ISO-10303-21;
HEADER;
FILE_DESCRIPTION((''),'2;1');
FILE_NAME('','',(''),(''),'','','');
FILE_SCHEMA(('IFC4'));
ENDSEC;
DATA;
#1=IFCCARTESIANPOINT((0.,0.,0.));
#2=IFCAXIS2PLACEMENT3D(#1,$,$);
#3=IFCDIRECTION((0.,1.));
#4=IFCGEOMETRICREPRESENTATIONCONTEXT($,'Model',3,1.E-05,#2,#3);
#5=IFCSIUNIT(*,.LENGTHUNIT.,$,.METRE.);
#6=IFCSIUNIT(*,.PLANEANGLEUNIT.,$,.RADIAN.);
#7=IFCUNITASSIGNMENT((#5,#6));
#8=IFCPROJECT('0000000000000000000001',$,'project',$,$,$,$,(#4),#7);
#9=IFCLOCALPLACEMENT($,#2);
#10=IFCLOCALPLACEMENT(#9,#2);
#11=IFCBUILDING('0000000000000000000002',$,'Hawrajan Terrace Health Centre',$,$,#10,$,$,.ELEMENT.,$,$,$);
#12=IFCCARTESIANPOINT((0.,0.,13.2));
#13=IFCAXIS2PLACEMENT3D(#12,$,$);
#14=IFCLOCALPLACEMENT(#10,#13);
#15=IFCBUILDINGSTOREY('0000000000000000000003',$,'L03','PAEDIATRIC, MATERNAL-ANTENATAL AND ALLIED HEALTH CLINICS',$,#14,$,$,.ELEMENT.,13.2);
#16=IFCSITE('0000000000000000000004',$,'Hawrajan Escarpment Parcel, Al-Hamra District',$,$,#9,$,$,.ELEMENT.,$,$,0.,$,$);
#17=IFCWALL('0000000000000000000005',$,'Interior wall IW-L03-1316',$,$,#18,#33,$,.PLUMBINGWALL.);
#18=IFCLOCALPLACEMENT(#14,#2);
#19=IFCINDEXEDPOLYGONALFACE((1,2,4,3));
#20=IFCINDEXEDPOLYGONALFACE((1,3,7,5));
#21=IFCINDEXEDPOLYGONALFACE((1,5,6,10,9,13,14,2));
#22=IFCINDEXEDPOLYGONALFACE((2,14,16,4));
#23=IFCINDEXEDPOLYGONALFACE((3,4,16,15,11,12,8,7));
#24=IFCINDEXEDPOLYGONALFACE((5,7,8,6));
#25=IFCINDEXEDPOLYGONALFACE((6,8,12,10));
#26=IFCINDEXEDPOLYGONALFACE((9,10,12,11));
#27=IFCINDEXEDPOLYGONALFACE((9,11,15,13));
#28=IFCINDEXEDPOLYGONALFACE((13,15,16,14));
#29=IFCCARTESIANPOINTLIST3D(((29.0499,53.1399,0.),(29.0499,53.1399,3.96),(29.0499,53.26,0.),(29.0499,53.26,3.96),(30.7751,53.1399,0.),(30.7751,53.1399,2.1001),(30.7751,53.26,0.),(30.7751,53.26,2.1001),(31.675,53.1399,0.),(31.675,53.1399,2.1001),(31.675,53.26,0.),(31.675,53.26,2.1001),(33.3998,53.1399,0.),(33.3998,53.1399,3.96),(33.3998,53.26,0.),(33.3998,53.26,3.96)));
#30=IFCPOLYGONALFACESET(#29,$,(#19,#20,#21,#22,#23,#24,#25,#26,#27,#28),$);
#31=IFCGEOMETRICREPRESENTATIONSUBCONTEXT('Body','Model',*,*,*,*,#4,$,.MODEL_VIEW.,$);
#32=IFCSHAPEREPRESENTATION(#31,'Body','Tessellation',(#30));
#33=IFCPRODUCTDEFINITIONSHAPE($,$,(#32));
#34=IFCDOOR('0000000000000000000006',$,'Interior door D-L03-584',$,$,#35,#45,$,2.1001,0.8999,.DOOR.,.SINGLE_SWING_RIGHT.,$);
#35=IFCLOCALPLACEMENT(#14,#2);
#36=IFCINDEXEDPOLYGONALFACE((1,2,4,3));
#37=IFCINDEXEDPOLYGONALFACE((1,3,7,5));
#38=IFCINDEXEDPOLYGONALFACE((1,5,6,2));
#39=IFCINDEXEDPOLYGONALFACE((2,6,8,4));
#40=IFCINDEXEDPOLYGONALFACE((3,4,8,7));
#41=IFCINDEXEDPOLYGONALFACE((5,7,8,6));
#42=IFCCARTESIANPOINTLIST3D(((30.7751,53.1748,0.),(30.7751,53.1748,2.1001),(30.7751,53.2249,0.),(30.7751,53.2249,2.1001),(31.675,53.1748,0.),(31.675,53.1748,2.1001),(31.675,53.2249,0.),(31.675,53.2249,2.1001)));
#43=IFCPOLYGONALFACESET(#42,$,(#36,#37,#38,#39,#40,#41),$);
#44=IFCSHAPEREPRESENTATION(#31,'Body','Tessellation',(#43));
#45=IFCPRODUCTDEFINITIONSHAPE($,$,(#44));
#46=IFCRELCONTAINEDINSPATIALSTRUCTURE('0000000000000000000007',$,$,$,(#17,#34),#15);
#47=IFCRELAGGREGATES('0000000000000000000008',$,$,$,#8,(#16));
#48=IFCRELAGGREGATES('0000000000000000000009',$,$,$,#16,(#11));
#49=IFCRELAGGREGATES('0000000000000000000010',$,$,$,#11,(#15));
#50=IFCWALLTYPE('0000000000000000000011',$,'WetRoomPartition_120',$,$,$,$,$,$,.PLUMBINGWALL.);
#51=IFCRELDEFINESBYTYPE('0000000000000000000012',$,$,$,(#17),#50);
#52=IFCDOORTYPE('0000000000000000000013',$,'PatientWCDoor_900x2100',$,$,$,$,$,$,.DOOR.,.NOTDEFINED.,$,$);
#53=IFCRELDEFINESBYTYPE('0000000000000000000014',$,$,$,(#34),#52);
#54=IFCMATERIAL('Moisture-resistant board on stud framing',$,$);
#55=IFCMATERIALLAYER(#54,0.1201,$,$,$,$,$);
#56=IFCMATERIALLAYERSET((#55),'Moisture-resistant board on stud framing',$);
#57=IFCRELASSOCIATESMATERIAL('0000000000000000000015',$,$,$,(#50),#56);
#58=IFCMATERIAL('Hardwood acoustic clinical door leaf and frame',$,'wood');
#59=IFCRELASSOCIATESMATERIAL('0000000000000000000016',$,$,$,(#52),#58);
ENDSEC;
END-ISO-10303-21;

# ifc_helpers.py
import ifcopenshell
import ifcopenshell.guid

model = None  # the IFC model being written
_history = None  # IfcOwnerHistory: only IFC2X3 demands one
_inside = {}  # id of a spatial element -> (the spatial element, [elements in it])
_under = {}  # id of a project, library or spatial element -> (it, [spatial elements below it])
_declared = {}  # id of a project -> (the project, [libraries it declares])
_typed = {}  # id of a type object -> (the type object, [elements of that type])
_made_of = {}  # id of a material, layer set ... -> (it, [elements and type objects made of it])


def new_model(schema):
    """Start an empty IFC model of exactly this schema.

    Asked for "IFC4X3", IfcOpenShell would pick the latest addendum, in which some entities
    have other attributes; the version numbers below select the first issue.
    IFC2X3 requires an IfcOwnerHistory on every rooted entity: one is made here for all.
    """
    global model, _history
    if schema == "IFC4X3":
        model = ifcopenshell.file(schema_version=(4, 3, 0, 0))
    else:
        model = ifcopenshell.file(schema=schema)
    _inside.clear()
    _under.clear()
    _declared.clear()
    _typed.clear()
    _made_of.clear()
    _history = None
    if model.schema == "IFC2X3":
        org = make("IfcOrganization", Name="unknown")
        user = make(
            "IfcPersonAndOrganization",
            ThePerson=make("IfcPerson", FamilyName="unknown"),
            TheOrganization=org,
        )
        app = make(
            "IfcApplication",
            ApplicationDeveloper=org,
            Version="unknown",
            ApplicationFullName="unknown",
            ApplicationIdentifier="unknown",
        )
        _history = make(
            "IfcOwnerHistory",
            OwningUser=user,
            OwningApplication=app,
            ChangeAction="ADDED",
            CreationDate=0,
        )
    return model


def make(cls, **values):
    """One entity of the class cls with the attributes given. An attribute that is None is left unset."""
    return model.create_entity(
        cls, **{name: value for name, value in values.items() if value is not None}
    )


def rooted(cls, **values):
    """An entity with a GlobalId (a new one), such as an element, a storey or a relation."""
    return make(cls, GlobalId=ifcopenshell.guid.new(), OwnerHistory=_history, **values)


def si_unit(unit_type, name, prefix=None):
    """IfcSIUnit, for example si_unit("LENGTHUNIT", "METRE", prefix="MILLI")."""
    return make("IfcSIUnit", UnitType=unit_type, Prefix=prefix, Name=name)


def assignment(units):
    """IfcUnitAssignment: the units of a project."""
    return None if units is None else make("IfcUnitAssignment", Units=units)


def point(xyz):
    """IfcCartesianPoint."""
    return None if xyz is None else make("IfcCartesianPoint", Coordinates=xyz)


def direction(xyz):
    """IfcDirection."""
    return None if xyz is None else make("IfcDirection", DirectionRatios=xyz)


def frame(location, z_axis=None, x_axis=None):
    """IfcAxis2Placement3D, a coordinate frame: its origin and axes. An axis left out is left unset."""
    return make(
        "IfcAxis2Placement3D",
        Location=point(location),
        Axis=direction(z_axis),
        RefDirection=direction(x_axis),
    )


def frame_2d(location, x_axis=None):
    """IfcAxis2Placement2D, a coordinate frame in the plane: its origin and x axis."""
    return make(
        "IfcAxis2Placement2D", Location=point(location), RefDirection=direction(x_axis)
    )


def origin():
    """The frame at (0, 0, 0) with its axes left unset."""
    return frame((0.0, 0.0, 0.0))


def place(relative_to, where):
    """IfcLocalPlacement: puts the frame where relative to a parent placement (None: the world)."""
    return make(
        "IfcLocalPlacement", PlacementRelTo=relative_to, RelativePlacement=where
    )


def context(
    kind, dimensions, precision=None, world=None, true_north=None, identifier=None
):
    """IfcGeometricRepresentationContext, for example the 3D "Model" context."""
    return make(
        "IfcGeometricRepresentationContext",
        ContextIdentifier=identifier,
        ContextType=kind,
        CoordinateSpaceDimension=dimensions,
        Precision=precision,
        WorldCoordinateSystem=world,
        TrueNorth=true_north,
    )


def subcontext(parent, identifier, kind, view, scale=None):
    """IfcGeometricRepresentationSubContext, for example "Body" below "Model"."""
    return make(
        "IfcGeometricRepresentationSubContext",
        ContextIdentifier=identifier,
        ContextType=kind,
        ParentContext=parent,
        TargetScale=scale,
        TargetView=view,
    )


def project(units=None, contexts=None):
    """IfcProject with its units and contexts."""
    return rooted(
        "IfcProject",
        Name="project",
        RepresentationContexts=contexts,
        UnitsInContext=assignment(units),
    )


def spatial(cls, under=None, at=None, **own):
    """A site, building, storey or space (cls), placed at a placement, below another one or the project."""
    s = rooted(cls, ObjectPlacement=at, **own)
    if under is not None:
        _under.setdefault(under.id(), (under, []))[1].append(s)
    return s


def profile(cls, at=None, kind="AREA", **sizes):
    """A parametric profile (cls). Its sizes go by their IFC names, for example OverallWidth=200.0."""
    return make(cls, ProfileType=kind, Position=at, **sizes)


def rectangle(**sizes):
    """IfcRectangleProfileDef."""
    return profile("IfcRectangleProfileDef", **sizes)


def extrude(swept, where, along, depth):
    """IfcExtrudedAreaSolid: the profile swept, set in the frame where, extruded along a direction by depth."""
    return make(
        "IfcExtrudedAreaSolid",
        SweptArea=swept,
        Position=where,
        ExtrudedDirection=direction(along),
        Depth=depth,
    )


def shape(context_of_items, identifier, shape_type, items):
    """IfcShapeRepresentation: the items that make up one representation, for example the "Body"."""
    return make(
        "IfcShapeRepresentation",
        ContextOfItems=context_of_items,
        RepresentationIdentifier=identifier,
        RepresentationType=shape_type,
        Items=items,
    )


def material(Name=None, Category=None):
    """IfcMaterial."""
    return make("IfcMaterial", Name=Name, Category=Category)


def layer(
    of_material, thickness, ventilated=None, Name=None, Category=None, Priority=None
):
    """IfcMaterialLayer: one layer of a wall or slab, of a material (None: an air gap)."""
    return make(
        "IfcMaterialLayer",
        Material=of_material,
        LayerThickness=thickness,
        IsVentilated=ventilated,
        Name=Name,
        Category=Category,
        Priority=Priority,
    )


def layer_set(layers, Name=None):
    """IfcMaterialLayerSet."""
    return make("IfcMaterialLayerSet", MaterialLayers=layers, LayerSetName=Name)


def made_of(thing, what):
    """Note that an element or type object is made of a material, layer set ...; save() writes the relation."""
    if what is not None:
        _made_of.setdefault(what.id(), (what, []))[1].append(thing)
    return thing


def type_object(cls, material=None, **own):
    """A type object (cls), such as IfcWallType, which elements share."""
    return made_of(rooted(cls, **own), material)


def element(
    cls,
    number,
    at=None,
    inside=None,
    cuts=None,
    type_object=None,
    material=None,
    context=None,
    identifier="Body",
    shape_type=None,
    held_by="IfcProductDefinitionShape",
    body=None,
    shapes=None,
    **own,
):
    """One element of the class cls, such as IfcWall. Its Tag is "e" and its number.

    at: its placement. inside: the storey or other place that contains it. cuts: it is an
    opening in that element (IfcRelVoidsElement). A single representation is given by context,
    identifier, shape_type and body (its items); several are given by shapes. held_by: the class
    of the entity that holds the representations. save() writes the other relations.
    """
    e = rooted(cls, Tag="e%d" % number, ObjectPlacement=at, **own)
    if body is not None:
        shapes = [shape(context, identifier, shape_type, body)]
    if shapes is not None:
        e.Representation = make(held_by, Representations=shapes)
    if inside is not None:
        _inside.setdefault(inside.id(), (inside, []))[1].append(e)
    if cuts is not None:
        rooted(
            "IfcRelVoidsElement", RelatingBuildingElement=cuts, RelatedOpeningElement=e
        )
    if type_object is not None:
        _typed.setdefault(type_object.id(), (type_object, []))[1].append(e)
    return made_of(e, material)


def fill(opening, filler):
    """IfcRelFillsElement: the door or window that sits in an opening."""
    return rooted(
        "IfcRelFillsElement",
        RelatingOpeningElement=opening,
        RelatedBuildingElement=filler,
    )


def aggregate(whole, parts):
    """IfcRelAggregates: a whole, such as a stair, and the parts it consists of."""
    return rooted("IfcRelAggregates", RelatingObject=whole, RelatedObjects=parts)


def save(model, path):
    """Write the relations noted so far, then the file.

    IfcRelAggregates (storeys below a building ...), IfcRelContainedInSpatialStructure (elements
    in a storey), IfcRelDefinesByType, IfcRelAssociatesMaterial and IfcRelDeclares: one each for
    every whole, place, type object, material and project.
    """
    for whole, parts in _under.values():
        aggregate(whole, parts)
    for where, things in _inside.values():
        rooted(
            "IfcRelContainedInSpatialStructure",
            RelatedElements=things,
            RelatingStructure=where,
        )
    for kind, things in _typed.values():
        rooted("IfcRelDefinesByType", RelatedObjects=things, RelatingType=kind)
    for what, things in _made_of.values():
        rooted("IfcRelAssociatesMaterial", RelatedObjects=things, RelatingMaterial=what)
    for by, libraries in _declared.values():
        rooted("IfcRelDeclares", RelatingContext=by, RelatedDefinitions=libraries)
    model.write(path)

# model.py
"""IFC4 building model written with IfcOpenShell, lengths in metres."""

from ifc_helpers import new_model, si_unit, direction, frame, frame_2d, origin, place, context, subcontext, project, spatial, rectangle, extrude, material, layer, layer_set, type_object, element, fill, save


model = new_model("IFC4")

# Units and contexts
model_context = context("Model", 3, precision=1e-05, world=origin(), true_north=direction((0.0, 1.0)))
body_context = subcontext(model_context, "Body", "Model", "MODEL_VIEW")
ifc_project = project(units=[si_unit("LENGTHUNIT", "METRE"), si_unit("PLANEANGLEUNIT", "RADIAN")], contexts=[model_context])

# Site, building, storey
site_placement = place(None, origin())
site = spatial("IfcSite", under=ifc_project, at=site_placement, Name="Hawrajan Escarpment Parcel, Al-Hamra District", CompositionType="ELEMENT", RefElevation=0.0)
building_placement = place(site_placement, origin())
building = spatial("IfcBuilding", under=site, at=building_placement, Name="Hawrajan Terrace Health Centre", CompositionType="ELEMENT")
storey_placement = place(building_placement, frame((0.0, 0.0, 13.2)))
storey = spatial("IfcBuildingStorey", under=building, at=storey_placement, Name="L03", Description="PAEDIATRIC, MATERNAL-ANTENATAL AND ALLIED HEALTH CLINICS", CompositionType="ELEMENT", Elevation=13.2)

# Shared definitions
ifc_material_1 = material(Name="Hardwood acoustic clinical door leaf and frame", Category="wood")

# Wall, opening, door
ifc_material_2 = material(Name="Moisture-resistant board on stud framing")
ifc_layer_1 = layer(ifc_material_2, 0.1201)
ifc_layer_set_1 = layer_set([ifc_layer_1], Name="Moisture-resistant board on stud framing")
wall_type_1 = type_object("IfcWallType", Name="WetRoomPartition_120", PredefinedType="PLUMBINGWALL", material=ifc_layer_set_1)
door_type_1 = type_object("IfcDoorType", Name="PatientWCDoor_900x2100", OperationType="NOTDEFINED", PredefinedType="DOOR", material=ifc_material_1)
wall_1_placement = place(storey_placement, frame((29.05, 53.2, 0.0), z_axis=(0.0, 0.0, 1.0), x_axis=(1.0, 0.0, 0.0)))
wall_1 = element("IfcWall", 1, at=wall_1_placement, inside=storey, type_object=wall_type_1, Name="Interior wall IW-L03-1316", PredefinedType="PLUMBINGWALL", context=body_context, shape_type="SweptSolid", body=[
    extrude(rectangle(XDim=4.3499, YDim=0.1201, at=frame_2d((2.1748, 0.0))), origin(), (0.0, 0.0, 1.0), 3.96),
])
opening_1_placement = place(wall_1_placement, frame((1.7251, 0.0, 0.0)))
opening_1 = element("IfcOpeningElement", 2, at=opening_1_placement, cuts=wall_1, PredefinedType="OPENING", context=body_context, shape_type="SweptSolid", body=[
    extrude(rectangle(XDim=0.8999, YDim=2.1001, at=frame_2d((0.45, 1.05))), frame((0.0, 0.0701, 0.0), z_axis=(0.0, -1.0, 0.0), x_axis=(1.0, 0.0, 0.0)), (0.0, 0.0, 1.0), 0.1401),
])
door_1_placement = place(opening_1_placement, origin())
door_1 = element("IfcDoor", 3, at=door_1_placement, inside=storey, type_object=door_type_1, Name="Interior door D-L03-584", OperationType="SINGLE_SWING_RIGHT", OverallHeight=2.1001, OverallWidth=0.8999, PredefinedType="DOOR", context=body_context, shape_type="SweptSolid", body=[
    extrude(rectangle(XDim=0.8999, YDim=2.1001, at=frame_2d((0.45, 1.05))), frame((0.0, 0.0249, 0.0), z_axis=(0.0, -1.0, 0.0), x_axis=(1.0, 0.0, 0.0)), (0.0, 0.0, 1.0), 0.05),
])
fill(opening_1, door_1)

save(model, "model.ifc")
